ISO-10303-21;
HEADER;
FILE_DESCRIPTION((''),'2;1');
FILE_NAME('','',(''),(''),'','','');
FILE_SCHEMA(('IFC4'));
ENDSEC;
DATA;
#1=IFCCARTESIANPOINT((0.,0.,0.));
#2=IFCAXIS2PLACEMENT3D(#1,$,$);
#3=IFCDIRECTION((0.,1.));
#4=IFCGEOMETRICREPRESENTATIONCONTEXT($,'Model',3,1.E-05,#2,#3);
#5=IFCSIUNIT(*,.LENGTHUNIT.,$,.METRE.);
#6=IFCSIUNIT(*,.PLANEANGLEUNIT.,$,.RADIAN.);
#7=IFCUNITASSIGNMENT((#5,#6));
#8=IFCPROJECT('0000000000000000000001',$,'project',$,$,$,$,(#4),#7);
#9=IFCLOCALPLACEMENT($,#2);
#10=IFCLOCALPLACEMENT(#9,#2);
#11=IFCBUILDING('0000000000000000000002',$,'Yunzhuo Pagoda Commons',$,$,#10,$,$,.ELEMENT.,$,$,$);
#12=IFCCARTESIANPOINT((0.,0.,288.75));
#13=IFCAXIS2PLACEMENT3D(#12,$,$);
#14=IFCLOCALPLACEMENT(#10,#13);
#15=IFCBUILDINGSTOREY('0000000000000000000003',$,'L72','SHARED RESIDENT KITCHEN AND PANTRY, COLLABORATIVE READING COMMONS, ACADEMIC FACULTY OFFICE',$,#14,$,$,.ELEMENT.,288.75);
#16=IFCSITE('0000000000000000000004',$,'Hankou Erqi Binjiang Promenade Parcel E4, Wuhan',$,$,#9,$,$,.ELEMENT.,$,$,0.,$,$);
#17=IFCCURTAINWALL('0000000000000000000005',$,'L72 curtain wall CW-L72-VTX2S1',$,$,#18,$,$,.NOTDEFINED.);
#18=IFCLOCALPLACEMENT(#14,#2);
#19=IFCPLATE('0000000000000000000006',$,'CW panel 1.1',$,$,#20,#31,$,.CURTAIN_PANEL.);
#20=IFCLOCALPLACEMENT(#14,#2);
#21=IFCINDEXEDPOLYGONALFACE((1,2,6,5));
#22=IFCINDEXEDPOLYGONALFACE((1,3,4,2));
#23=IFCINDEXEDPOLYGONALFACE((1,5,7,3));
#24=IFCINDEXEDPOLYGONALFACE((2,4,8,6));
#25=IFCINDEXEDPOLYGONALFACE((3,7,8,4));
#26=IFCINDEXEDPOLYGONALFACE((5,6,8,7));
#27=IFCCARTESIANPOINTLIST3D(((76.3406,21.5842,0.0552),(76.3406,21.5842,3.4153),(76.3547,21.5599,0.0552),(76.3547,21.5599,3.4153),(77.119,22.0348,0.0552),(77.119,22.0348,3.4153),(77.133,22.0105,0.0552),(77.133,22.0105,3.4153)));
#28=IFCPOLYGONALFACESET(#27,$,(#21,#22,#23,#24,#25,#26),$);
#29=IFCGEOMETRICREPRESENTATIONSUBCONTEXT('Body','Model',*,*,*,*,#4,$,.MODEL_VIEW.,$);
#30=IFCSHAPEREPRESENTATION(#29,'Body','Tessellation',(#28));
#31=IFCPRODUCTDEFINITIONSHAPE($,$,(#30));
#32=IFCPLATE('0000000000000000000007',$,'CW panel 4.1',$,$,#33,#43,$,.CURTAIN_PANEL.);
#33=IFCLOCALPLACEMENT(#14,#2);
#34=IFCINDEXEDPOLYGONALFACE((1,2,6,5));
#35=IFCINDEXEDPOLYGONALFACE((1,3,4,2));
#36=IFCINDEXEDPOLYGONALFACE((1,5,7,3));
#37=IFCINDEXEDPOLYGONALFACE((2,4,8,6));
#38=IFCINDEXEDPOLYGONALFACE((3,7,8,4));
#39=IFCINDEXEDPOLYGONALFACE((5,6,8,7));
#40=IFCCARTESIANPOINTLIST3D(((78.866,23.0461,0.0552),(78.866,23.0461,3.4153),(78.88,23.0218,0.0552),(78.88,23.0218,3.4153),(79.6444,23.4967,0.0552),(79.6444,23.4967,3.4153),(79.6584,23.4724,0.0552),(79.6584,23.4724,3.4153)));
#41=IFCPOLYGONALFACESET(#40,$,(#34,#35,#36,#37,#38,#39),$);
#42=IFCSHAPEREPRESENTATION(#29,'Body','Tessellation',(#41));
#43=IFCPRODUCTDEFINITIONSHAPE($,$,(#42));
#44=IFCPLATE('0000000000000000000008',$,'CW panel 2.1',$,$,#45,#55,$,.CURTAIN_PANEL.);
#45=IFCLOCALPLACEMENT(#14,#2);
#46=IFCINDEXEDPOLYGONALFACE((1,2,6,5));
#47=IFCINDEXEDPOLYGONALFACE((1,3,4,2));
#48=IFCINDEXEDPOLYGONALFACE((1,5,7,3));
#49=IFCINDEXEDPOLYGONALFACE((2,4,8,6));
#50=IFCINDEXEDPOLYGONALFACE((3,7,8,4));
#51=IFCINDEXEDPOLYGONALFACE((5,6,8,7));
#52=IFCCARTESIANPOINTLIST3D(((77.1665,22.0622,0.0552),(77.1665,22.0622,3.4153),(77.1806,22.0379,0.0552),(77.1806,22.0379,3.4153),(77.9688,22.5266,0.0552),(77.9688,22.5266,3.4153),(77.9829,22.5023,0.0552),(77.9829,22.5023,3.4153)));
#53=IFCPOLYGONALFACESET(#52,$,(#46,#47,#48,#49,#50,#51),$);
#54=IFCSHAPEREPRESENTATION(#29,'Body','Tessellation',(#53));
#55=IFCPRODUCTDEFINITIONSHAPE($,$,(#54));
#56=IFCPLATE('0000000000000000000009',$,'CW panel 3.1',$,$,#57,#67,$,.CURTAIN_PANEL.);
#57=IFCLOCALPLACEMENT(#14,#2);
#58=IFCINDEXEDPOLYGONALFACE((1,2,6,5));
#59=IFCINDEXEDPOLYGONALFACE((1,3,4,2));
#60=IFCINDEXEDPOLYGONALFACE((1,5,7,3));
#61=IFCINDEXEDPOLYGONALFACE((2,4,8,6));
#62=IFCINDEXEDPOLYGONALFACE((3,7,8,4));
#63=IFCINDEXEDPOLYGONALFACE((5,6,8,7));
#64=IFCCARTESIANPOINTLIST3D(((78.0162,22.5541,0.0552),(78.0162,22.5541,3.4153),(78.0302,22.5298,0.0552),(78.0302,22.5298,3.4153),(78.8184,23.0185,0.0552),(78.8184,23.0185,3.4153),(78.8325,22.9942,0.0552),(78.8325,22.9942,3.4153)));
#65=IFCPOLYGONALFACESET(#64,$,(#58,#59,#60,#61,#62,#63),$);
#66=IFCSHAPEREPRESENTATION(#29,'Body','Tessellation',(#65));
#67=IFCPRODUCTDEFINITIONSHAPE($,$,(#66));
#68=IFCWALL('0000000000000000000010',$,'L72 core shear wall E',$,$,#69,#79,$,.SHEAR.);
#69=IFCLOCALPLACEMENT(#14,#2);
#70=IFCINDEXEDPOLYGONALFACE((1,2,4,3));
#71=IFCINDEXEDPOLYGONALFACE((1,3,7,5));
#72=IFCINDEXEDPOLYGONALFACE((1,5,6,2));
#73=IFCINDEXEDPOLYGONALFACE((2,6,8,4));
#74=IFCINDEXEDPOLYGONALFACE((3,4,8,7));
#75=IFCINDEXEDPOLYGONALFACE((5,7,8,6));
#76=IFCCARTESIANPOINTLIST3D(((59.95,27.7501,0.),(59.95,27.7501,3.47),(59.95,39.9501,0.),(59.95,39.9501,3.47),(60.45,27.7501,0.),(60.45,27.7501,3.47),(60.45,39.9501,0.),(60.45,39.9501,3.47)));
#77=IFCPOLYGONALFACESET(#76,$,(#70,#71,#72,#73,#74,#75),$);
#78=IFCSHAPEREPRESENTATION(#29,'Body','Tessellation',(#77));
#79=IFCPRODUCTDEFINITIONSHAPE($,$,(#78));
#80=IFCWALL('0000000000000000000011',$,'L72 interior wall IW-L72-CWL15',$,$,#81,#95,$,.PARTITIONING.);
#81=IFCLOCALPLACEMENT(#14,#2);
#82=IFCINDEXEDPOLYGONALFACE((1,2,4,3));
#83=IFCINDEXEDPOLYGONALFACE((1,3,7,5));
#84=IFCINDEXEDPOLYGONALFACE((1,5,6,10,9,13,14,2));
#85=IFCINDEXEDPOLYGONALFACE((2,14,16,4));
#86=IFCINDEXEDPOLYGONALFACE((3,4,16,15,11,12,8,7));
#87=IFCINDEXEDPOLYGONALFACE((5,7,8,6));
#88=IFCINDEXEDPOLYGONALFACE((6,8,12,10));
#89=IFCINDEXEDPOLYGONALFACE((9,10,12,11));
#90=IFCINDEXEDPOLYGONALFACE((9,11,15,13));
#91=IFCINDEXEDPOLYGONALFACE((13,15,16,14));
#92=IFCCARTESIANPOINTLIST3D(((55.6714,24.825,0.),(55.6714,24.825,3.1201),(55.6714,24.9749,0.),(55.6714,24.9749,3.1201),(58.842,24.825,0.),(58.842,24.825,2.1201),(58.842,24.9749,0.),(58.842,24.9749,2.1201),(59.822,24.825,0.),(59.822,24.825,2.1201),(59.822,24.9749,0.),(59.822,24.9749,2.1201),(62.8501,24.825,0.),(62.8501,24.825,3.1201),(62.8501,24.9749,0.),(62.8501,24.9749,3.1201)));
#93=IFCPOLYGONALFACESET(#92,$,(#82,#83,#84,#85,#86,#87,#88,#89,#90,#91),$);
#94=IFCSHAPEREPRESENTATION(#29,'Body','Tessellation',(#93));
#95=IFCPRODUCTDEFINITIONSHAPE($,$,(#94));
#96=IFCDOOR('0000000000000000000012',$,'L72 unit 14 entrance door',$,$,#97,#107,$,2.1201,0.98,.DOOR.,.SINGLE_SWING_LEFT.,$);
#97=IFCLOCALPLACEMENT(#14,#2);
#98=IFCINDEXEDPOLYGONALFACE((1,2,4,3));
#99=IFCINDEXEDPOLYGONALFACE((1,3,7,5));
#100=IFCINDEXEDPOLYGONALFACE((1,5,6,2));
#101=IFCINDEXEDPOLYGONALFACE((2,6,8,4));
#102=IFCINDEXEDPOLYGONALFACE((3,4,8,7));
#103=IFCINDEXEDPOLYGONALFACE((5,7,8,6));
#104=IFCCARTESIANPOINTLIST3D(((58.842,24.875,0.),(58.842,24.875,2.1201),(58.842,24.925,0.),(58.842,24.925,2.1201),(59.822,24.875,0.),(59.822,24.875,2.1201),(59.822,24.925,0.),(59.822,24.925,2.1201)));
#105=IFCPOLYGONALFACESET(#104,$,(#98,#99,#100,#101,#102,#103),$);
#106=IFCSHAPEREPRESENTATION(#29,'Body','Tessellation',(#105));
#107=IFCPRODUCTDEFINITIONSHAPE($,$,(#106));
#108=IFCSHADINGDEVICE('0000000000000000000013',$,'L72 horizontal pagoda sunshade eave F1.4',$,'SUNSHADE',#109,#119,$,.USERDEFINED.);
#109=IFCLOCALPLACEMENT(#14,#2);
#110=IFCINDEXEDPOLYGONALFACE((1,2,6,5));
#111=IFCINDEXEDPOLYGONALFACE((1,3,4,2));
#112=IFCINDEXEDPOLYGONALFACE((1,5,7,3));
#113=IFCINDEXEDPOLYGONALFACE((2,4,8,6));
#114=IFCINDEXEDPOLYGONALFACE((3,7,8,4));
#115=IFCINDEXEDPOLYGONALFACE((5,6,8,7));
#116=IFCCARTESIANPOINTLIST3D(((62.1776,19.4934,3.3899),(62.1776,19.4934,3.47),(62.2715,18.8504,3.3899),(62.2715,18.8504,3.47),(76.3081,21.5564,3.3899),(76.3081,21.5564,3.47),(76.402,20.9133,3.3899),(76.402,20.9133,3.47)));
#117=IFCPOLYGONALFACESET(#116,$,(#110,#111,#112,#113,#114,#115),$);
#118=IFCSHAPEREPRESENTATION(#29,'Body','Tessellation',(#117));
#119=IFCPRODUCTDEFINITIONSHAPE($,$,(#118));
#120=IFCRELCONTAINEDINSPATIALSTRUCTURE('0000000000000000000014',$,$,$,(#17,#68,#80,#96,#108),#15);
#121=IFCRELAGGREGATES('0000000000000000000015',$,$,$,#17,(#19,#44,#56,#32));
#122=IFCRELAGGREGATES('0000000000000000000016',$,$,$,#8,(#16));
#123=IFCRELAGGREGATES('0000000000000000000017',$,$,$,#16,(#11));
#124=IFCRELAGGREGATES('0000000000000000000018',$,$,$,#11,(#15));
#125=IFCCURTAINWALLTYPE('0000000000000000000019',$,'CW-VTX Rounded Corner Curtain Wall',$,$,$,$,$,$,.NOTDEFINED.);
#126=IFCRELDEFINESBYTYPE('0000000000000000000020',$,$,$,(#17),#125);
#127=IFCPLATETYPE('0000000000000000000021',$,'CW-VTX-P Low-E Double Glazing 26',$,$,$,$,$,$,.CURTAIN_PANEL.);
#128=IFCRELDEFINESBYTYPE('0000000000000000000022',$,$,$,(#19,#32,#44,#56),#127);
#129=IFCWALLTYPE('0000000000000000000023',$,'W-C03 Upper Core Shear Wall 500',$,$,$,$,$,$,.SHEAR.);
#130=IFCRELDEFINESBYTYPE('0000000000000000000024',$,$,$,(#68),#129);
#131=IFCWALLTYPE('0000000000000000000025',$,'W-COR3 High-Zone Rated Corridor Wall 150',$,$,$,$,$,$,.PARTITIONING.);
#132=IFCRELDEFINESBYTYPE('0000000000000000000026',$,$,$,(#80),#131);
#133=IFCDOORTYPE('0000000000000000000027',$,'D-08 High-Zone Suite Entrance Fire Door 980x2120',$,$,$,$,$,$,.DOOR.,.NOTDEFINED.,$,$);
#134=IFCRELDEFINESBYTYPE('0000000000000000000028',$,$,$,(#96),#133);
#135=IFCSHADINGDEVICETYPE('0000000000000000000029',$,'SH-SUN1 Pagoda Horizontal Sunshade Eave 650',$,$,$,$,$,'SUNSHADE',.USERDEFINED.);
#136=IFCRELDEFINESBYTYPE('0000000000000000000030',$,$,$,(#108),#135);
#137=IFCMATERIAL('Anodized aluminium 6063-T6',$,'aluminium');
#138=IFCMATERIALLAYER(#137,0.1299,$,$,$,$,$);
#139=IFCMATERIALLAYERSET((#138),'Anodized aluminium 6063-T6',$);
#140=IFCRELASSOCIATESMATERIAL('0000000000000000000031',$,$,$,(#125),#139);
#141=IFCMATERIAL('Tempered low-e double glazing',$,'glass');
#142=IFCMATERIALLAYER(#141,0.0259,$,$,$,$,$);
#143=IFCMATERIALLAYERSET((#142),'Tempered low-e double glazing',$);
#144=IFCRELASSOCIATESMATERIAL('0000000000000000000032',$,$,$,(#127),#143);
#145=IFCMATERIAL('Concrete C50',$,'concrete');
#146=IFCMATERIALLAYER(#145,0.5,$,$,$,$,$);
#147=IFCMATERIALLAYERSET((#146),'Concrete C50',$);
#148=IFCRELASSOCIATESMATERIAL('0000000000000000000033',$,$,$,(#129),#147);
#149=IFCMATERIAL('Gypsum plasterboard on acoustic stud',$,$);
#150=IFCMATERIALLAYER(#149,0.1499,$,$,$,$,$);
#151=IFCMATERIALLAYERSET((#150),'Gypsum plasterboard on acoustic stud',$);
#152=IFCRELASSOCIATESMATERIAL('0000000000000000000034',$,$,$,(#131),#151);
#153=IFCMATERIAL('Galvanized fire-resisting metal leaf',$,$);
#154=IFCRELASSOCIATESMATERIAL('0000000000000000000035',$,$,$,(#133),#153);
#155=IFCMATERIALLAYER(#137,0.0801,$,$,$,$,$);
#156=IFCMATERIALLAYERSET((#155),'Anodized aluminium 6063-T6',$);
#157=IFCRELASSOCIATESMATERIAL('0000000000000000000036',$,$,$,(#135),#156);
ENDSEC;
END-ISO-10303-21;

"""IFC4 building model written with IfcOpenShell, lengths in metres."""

from ifc_helpers import new_model, si_unit, direction, frame, frame_2d, origin, origin_with_axes, origin_2d, place, context, subcontext, project, spatial, rectangle, extrude, source, transform, mapped, material, layer, layer_set, type_object, element, fill, aggregate, save


model = new_model("IFC4")

# Units and contexts
model_context = context("Model", 3, precision=1e-05, world=origin(), true_north=direction((0.0, 1.0)))
body_context = subcontext(model_context, "Body", "Model", "MODEL_VIEW")
ifc_project = project(units=[si_unit("LENGTHUNIT", "METRE"), si_unit("PLANEANGLEUNIT", "RADIAN")], contexts=[model_context])

# Site, building, storey
site_placement = place(None, origin())
site = spatial("IfcSite", under=ifc_project, at=site_placement, Name="Hankou Erqi Binjiang Promenade Parcel E4, Wuhan", CompositionType="ELEMENT", RefElevation=0.0)
building_placement = place(site_placement, origin())
building = spatial("IfcBuilding", under=site, at=building_placement, Name="Yunzhuo Pagoda Commons", CompositionType="ELEMENT")
storey_placement = place(building_placement, frame((0.0, 0.0, 288.75)))
storey = spatial("IfcBuildingStorey", under=building, at=storey_placement, Name="L72", Description="SHARED RESIDENT KITCHEN AND PANTRY, COLLABORATIVE READING COMMONS, ACADEMIC FACULTY OFFICE", CompositionType="ELEMENT", Elevation=288.75)

# Curtain wall
ifc_material_1 = material(Name="Anodized aluminium 6063-T6", Category="aluminium")
ifc_layer_1 = layer(ifc_material_1, 0.1299)
ifc_layer_set_1 = layer_set([ifc_layer_1], Name="Anodized aluminium 6063-T6")
curtain_wall_type_1 = type_object("IfcCurtainWallType", Name="CW-VTX Rounded Corner Curtain Wall", PredefinedType="NOTDEFINED", material=ifc_layer_set_1)
curtain_wall_1_placement = place(storey_placement, origin())
curtain_wall_1 = element("IfcCurtainWall", 1, at=curtain_wall_1_placement, inside=storey, type_object=curtain_wall_type_1, Name="L72 curtain wall CW-L72-VTX2S1", PredefinedType="NOTDEFINED")

# Plates
ifc_material_2 = material(Name="Tempered low-e double glazing", Category="glass")
ifc_layer_2 = layer(ifc_material_2, 0.0259)
ifc_layer_set_2 = layer_set([ifc_layer_2], Name="Tempered low-e double glazing")
plate_type_1 = type_object("IfcPlateType", Name="CW-VTX-P Low-E Double Glazing 26", PredefinedType="CURTAIN_PANEL", material=ifc_layer_set_2)
shared_shape_1 = source(origin(), body_context, "Body", "SweptSolid", [
    extrude(rectangle(XDim=0.8994, YDim=0.0281, at=origin_2d()), origin(), (0.0, 0.0, 1.0), 3.3601),
])
plate_1_placement = place(storey_placement, frame((76.7368, 21.7974, 0.0552), z_axis=(0.0, 0.0, 1.0), x_axis=(0.865437, 0.501017, 0.0)))
plate_1 = element("IfcPlate", 2, at=plate_1_placement, type_object=plate_type_1, Name="CW panel 1.1", PredefinedType="CURTAIN_PANEL", context=body_context, shape_type="MappedRepresentation", body=[
    mapped(shared_shape_1, transform((0.0, 0.0, 0.0), scale=1.0)),
])
plate_2_placement = place(storey_placement, frame((79.2622, 23.2593, 0.0552), z_axis=(0.0, 0.0, 1.0), x_axis=(0.865437, 0.501017, 0.0)))
plate_2 = element("IfcPlate", 3, at=plate_2_placement, type_object=plate_type_1, Name="CW panel 4.1", PredefinedType="CURTAIN_PANEL", context=body_context, shape_type="MappedRepresentation", body=[
    mapped(shared_shape_1, transform((0.0, 0.0, 0.0), scale=1.0)),
])
shared_shape_2 = source(origin(), body_context, "Body", "SweptSolid", [
    extrude(rectangle(XDim=0.927, YDim=0.0281, at=origin_2d()), origin(), (0.0, 0.0, 1.0), 3.3601),
])
plate_3_placement = place(storey_placement, frame((77.5747, 22.2822, 0.0552), z_axis=(0.0, 0.0, 1.0), x_axis=(0.865437, 0.501017, 0.0)))
plate_3 = element("IfcPlate", 4, at=plate_3_placement, type_object=plate_type_1, Name="CW panel 2.1", PredefinedType="CURTAIN_PANEL", context=body_context, shape_type="MappedRepresentation", body=[
    mapped(shared_shape_2, transform((0.0, 0.0, 0.0), scale=1.0)),
])
plate_4_placement = place(storey_placement, frame((78.4243, 22.7742, 0.0552), z_axis=(0.0, 0.0, 1.0), x_axis=(0.865437, 0.501017, 0.0)))
plate_4 = element("IfcPlate", 5, at=plate_4_placement, type_object=plate_type_1, Name="CW panel 3.1", PredefinedType="CURTAIN_PANEL", context=body_context, shape_type="MappedRepresentation", body=[
    mapped(shared_shape_2, transform((0.0, 0.0, 0.0), scale=1.0)),
])
aggregate(curtain_wall_1, [plate_1, plate_3, plate_4, plate_2])

# Wall
ifc_material_3 = material(Name="Concrete C50", Category="concrete")
ifc_layer_3 = layer(ifc_material_3, 0.5)
ifc_layer_set_3 = layer_set([ifc_layer_3], Name="Concrete C50")
wall_type_1 = type_object("IfcWallType", Name="W-C03 Upper Core Shear Wall 500", PredefinedType="SHEAR", material=ifc_layer_set_3)
wall_1_placement = place(storey_placement, frame((60.2, 27.75, 0.0), z_axis=(0.0, 0.0, 1.0), x_axis=(0.0, 1.0, 0.0)))
element("IfcWall", 6, at=wall_1_placement, inside=storey, type_object=wall_type_1, Name="L72 core shear wall E", PredefinedType="SHEAR", context=body_context, shape_type="SweptSolid", body=[
    extrude(rectangle(XDim=12.2, YDim=0.5, at=frame_2d((6.1001, 0.0))), origin(), (0.0, 0.0, 1.0), 3.47),
])

# Wall, opening, door
ifc_material_4 = material(Name="Gypsum plasterboard on acoustic stud")
ifc_layer_4 = layer(ifc_material_4, 0.1499)
ifc_layer_set_4 = layer_set([ifc_layer_4], Name="Gypsum plasterboard on acoustic stud")
wall_type_2 = type_object("IfcWallType", Name="W-COR3 High-Zone Rated Corridor Wall 150", PredefinedType="PARTITIONING", material=ifc_layer_set_4)
wall_2_placement = place(storey_placement, frame((62.8501, 24.8999, 0.0), z_axis=(0.0, 0.0, 1.0), x_axis=(-1.0, 0.0, 0.0)))
wall_2 = element("IfcWall", 7, at=wall_2_placement, inside=storey, type_object=wall_type_2, Name="L72 interior wall IW-L72-CWL15", PredefinedType="PARTITIONING", context=body_context, shape_type="SweptSolid", body=[
    extrude(rectangle(XDim=7.1787, YDim=0.1499, at=frame_2d((3.5894, 0.0))), origin(), (0.0, 0.0, 1.0), 3.1201),
])
opening_placement = place(wall_2_placement, frame((3.0281, 0.0, 0.0)))
opening = element("IfcOpeningElement", 8, at=opening_placement, cuts=wall_2, PredefinedType="OPENING", context=body_context, shape_type="SweptSolid", body=[
    extrude(rectangle(XDim=0.98, YDim=2.1201, at=frame_2d((0.49, 1.0601))), frame((0.0, 0.085, 0.0), z_axis=(0.0, -1.0, 0.0), x_axis=(1.0, 0.0, 0.0)), (0.0, 0.0, 1.0), 0.1699),
])
ifc_material_5 = material(Name="Galvanized fire-resisting metal leaf")
door_type = type_object("IfcDoorType", Name="D-08 High-Zone Suite Entrance Fire Door 980x2120", OperationType="NOTDEFINED", PredefinedType="DOOR", material=ifc_material_5)
shared_shape_3 = source(origin(), body_context, "Body", "SweptSolid", [
    extrude(rectangle(XDim=0.98, YDim=2.1201, at=frame_2d((0.49, 1.0601))), frame((0.0, 0.0249, 0.0), z_axis=(0.0, -1.0, 0.0), x_axis=(1.0, 0.0, 0.0)), (0.0, 0.0, 1.0), 0.05),
])
door_placement = place(opening_placement, origin_with_axes())
door = element("IfcDoor", 9, at=door_placement, inside=storey, type_object=door_type, Name="L72 unit 14 entrance door", OperationType="SINGLE_SWING_LEFT", OverallHeight=2.1201, OverallWidth=0.98, PredefinedType="DOOR", context=body_context, shape_type="MappedRepresentation", body=[
    mapped(shared_shape_3, transform((0.0, 0.0, 0.0), scale=1.0)),
])
fill(opening, door)

# Shading device
ifc_layer_5 = layer(ifc_material_1, 0.0801)
ifc_layer_set_5 = layer_set([ifc_layer_5], Name="Anodized aluminium 6063-T6")
shading_device_type = type_object("IfcShadingDeviceType", Name="SH-SUN1 Pagoda Horizontal Sunshade Eave 650", ElementType="SUNSHADE", PredefinedType="USERDEFINED", material=ifc_layer_set_5)
shared_shape_4 = source(origin(), body_context, "Body", "SweptSolid", [
    extrude(rectangle(XDim=14.2803, YDim=0.6499, at=origin_2d()), origin(), (0.0, 0.0, 1.0), 0.0801),
])
shading_device_placement = place(storey_placement, frame((69.2898, 20.2034, 3.3899), z_axis=(0.0, 0.0, 1.0), x_axis=(0.989511, 0.14446, 0.0)))
element("IfcShadingDevice", 10, at=shading_device_placement, inside=storey, type_object=shading_device_type, Name="L72 horizontal pagoda sunshade eave F1.4", ObjectType="SUNSHADE", PredefinedType="USERDEFINED", context=body_context, shape_type="MappedRepresentation", body=[
    mapped(shared_shape_4, transform((0.0, 0.0, 0.0), scale=1.0)),
])

save(model, "model.ifc")
